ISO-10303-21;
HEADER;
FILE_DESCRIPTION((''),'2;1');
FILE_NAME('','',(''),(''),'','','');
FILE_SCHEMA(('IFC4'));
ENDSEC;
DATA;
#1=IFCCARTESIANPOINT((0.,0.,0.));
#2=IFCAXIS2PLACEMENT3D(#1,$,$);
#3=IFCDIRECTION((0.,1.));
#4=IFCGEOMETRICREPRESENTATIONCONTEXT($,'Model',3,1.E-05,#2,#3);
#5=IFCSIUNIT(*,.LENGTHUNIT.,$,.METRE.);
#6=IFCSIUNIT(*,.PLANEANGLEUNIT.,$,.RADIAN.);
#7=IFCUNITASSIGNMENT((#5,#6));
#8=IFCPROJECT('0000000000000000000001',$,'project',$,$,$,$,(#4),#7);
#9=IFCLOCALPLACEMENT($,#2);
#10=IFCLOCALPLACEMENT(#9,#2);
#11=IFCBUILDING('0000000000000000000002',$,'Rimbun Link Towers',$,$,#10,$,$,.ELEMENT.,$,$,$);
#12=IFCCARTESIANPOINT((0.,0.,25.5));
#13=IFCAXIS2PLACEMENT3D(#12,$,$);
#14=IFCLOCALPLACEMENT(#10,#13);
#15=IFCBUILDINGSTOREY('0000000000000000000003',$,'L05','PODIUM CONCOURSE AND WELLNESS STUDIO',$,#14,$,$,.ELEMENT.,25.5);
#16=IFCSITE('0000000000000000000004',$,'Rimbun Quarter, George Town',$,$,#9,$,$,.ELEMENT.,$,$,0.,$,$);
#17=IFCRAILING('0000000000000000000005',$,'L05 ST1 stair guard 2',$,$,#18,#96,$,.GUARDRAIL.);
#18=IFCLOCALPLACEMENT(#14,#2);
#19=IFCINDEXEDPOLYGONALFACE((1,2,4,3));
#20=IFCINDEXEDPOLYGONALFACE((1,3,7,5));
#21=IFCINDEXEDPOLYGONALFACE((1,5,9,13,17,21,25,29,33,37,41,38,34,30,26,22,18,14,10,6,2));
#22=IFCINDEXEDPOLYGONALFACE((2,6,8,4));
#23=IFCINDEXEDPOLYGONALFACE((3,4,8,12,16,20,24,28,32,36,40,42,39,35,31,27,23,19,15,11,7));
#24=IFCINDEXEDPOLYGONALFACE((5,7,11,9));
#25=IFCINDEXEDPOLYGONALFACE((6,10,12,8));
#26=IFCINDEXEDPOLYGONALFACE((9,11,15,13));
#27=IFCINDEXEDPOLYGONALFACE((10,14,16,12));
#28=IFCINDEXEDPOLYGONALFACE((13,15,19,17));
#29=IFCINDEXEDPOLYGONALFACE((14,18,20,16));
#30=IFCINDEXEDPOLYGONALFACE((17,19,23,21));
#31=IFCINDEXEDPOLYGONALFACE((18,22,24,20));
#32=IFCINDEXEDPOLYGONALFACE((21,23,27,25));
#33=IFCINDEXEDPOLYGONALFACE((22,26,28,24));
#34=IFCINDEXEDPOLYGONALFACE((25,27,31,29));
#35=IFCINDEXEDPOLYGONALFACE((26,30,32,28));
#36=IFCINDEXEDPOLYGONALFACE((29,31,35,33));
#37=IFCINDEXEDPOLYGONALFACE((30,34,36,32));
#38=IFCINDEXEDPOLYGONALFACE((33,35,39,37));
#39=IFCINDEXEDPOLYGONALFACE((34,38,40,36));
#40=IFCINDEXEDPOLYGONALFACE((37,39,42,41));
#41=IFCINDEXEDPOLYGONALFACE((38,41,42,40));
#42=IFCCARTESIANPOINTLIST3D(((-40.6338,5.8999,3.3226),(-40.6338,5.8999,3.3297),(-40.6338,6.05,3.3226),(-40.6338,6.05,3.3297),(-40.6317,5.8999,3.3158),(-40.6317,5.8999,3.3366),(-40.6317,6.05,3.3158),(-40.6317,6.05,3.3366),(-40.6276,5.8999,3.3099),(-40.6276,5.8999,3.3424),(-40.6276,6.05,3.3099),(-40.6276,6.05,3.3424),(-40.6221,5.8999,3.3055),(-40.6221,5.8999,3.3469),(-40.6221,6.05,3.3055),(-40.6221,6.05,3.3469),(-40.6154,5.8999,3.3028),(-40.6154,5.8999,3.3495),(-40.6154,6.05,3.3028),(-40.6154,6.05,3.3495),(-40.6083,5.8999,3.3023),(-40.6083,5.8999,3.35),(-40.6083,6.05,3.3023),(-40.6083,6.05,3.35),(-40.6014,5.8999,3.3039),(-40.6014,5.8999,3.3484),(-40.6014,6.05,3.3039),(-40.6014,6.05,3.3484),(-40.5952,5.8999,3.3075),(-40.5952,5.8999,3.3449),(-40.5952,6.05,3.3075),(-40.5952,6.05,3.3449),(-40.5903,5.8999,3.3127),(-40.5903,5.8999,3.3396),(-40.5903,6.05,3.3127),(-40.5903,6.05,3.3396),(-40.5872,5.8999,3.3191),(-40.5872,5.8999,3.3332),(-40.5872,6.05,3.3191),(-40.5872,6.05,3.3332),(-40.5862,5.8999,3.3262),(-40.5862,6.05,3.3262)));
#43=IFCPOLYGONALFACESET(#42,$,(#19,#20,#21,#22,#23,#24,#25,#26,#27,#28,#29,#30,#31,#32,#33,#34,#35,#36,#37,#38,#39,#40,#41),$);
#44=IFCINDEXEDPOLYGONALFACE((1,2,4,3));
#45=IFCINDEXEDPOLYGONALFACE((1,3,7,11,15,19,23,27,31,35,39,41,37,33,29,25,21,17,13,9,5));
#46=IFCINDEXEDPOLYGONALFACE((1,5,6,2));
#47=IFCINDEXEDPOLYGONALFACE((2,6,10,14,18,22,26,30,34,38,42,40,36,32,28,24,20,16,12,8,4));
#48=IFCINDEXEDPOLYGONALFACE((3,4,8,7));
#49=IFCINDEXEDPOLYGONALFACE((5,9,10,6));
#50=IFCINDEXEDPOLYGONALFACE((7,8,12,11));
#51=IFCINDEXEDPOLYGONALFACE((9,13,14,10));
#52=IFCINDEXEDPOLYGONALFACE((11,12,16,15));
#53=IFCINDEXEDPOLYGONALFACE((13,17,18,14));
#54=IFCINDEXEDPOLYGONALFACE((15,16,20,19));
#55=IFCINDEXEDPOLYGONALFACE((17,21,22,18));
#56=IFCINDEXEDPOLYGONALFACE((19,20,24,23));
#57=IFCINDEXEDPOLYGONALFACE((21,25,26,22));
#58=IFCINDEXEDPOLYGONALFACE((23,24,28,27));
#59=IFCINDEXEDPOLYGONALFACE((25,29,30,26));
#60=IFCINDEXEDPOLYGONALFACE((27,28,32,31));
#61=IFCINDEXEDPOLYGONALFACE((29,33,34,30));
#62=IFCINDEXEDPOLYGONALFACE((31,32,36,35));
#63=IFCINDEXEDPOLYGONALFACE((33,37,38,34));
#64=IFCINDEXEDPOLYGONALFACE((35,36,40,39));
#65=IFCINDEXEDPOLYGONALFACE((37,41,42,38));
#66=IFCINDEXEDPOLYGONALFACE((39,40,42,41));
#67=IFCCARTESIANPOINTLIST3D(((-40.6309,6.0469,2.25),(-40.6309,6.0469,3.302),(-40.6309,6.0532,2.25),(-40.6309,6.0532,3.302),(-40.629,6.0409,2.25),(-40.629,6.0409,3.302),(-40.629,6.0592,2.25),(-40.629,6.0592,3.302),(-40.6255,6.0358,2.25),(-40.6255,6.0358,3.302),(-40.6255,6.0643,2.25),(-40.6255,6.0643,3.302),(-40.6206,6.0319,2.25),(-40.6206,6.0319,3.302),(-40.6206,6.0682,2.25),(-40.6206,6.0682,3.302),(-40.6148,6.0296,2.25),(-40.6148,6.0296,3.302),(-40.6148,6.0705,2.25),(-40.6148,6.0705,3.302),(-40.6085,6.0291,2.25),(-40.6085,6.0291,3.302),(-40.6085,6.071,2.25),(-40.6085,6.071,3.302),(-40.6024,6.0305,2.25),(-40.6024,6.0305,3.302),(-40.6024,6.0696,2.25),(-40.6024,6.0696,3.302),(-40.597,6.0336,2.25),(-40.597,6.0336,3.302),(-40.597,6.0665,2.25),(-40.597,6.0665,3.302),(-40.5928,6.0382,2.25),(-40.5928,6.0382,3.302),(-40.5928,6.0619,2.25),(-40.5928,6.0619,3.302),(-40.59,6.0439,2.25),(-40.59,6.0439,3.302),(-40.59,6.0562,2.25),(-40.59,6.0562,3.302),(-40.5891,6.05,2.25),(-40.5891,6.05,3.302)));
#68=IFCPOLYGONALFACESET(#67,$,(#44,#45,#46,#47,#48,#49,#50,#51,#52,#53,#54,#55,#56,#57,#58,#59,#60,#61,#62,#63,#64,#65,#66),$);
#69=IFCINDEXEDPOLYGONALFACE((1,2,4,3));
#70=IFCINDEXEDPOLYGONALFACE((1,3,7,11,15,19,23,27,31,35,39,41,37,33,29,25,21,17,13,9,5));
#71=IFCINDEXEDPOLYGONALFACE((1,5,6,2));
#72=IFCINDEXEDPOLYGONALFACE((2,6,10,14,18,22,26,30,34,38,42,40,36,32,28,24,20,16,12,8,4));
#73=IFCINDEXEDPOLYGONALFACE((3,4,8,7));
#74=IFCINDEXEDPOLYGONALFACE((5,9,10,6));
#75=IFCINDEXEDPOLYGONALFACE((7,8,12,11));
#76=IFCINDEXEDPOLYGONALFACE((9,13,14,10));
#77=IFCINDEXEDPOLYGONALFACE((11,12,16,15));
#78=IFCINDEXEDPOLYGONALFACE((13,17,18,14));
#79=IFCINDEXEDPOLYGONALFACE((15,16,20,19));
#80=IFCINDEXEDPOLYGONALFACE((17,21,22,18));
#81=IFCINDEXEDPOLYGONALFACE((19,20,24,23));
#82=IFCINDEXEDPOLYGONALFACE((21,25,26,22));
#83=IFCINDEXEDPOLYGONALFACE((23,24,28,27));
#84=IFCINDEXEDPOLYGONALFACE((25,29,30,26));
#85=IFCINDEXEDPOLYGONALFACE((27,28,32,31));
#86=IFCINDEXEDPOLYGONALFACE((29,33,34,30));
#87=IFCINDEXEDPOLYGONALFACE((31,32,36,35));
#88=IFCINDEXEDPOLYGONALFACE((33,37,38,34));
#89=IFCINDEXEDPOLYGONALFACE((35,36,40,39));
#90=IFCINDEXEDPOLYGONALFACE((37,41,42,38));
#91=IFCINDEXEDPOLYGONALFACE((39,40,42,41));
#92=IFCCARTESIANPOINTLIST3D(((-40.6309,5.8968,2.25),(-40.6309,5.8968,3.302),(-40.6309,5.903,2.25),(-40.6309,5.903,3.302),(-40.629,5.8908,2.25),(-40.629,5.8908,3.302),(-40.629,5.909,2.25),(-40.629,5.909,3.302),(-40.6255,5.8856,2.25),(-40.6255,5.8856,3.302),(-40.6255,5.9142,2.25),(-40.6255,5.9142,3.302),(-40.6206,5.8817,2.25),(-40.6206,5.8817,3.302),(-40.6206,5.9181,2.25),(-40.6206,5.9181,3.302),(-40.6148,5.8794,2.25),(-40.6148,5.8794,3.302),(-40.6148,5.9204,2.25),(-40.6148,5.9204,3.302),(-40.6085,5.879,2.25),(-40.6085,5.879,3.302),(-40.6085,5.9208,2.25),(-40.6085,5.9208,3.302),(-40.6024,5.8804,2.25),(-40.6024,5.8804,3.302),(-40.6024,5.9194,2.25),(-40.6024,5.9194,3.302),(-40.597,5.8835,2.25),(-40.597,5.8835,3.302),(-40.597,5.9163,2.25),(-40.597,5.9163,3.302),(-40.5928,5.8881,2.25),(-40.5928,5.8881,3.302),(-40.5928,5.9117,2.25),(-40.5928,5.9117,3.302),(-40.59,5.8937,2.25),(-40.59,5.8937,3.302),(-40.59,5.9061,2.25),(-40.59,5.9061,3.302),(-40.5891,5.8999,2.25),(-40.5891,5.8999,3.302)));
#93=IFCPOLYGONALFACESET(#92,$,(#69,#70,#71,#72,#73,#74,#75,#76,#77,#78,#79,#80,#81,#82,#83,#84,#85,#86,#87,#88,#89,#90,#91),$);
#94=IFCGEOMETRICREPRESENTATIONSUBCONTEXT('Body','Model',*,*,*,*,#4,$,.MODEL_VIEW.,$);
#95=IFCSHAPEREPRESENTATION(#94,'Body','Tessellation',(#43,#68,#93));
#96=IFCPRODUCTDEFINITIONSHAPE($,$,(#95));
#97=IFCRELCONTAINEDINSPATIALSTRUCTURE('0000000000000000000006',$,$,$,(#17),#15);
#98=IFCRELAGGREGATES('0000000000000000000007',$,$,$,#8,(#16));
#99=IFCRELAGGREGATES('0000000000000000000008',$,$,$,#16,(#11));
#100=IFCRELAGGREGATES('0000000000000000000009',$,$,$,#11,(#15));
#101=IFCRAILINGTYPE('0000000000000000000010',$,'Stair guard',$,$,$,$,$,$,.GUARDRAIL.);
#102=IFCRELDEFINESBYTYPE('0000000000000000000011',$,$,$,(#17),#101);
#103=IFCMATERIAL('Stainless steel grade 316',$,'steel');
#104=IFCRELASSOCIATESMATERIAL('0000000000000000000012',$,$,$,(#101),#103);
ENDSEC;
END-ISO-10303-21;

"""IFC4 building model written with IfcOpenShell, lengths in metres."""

from ifc_helpers import new_model, si_unit, direction, frame, origin, origin_2d, place, context, subcontext, project, spatial, circle, extrude, material, type_object, element, save


model = new_model("IFC4")

# Units and contexts
model_context = context("Model", 3, precision=1e-05, world=origin(), true_north=direction((0.0, 1.0)))
body_context = subcontext(model_context, "Body", "Model", "MODEL_VIEW")
ifc_project = project(units=[si_unit("LENGTHUNIT", "METRE"), si_unit("PLANEANGLEUNIT", "RADIAN")], contexts=[model_context])

# Site, building, storey
site_placement = place(None, origin())
site = spatial("IfcSite", under=ifc_project, at=site_placement, Name="Rimbun Quarter, George Town", CompositionType="ELEMENT", RefElevation=0.0)
building_placement = place(site_placement, origin())
building = spatial("IfcBuilding", under=site, at=building_placement, Name="Rimbun Link Towers", CompositionType="ELEMENT")
storey_placement = place(building_placement, frame((0.0, 0.0, 25.5)))
storey = spatial("IfcBuildingStorey", under=building, at=storey_placement, Name="L05", Description="PODIUM CONCOURSE AND WELLNESS STUDIO", CompositionType="ELEMENT", Elevation=25.5)

# Railing
ifc_material_1 = material(Name="Stainless steel grade 316", Category="steel")
railing_type_1 = type_object("IfcRailingType", Name="Stair guard", PredefinedType="GUARDRAIL", material=ifc_material_1)
railing_1_placement = place(storey_placement, frame((-40.6101, 6.05, 2.25)))
element("IfcRailing", 1, at=railing_1_placement, inside=storey, type_object=railing_type_1, Name="L05 ST1 stair guard 2", PredefinedType="GUARDRAIL", context=body_context, shape_type="SweptSolid", body=[
    extrude(circle(Radius=0.0239, at=origin_2d()), frame((0.0, 0.0, 1.0762), z_axis=(0.0, -1.0, 0.0), x_axis=(1.0, 0.0, 0.0)), (0.0, 0.0, 1.0), 0.1501),
    extrude(circle(Radius=0.021, at=origin_2d()), origin(), (0.0, 0.0, 1.0), 1.052),
    extrude(circle(Radius=0.021, at=origin_2d()), frame((0.0, -0.1501, 0.0)), (0.0, 0.0, 1.0), 1.052),
])

save(model, "model.ifc")
